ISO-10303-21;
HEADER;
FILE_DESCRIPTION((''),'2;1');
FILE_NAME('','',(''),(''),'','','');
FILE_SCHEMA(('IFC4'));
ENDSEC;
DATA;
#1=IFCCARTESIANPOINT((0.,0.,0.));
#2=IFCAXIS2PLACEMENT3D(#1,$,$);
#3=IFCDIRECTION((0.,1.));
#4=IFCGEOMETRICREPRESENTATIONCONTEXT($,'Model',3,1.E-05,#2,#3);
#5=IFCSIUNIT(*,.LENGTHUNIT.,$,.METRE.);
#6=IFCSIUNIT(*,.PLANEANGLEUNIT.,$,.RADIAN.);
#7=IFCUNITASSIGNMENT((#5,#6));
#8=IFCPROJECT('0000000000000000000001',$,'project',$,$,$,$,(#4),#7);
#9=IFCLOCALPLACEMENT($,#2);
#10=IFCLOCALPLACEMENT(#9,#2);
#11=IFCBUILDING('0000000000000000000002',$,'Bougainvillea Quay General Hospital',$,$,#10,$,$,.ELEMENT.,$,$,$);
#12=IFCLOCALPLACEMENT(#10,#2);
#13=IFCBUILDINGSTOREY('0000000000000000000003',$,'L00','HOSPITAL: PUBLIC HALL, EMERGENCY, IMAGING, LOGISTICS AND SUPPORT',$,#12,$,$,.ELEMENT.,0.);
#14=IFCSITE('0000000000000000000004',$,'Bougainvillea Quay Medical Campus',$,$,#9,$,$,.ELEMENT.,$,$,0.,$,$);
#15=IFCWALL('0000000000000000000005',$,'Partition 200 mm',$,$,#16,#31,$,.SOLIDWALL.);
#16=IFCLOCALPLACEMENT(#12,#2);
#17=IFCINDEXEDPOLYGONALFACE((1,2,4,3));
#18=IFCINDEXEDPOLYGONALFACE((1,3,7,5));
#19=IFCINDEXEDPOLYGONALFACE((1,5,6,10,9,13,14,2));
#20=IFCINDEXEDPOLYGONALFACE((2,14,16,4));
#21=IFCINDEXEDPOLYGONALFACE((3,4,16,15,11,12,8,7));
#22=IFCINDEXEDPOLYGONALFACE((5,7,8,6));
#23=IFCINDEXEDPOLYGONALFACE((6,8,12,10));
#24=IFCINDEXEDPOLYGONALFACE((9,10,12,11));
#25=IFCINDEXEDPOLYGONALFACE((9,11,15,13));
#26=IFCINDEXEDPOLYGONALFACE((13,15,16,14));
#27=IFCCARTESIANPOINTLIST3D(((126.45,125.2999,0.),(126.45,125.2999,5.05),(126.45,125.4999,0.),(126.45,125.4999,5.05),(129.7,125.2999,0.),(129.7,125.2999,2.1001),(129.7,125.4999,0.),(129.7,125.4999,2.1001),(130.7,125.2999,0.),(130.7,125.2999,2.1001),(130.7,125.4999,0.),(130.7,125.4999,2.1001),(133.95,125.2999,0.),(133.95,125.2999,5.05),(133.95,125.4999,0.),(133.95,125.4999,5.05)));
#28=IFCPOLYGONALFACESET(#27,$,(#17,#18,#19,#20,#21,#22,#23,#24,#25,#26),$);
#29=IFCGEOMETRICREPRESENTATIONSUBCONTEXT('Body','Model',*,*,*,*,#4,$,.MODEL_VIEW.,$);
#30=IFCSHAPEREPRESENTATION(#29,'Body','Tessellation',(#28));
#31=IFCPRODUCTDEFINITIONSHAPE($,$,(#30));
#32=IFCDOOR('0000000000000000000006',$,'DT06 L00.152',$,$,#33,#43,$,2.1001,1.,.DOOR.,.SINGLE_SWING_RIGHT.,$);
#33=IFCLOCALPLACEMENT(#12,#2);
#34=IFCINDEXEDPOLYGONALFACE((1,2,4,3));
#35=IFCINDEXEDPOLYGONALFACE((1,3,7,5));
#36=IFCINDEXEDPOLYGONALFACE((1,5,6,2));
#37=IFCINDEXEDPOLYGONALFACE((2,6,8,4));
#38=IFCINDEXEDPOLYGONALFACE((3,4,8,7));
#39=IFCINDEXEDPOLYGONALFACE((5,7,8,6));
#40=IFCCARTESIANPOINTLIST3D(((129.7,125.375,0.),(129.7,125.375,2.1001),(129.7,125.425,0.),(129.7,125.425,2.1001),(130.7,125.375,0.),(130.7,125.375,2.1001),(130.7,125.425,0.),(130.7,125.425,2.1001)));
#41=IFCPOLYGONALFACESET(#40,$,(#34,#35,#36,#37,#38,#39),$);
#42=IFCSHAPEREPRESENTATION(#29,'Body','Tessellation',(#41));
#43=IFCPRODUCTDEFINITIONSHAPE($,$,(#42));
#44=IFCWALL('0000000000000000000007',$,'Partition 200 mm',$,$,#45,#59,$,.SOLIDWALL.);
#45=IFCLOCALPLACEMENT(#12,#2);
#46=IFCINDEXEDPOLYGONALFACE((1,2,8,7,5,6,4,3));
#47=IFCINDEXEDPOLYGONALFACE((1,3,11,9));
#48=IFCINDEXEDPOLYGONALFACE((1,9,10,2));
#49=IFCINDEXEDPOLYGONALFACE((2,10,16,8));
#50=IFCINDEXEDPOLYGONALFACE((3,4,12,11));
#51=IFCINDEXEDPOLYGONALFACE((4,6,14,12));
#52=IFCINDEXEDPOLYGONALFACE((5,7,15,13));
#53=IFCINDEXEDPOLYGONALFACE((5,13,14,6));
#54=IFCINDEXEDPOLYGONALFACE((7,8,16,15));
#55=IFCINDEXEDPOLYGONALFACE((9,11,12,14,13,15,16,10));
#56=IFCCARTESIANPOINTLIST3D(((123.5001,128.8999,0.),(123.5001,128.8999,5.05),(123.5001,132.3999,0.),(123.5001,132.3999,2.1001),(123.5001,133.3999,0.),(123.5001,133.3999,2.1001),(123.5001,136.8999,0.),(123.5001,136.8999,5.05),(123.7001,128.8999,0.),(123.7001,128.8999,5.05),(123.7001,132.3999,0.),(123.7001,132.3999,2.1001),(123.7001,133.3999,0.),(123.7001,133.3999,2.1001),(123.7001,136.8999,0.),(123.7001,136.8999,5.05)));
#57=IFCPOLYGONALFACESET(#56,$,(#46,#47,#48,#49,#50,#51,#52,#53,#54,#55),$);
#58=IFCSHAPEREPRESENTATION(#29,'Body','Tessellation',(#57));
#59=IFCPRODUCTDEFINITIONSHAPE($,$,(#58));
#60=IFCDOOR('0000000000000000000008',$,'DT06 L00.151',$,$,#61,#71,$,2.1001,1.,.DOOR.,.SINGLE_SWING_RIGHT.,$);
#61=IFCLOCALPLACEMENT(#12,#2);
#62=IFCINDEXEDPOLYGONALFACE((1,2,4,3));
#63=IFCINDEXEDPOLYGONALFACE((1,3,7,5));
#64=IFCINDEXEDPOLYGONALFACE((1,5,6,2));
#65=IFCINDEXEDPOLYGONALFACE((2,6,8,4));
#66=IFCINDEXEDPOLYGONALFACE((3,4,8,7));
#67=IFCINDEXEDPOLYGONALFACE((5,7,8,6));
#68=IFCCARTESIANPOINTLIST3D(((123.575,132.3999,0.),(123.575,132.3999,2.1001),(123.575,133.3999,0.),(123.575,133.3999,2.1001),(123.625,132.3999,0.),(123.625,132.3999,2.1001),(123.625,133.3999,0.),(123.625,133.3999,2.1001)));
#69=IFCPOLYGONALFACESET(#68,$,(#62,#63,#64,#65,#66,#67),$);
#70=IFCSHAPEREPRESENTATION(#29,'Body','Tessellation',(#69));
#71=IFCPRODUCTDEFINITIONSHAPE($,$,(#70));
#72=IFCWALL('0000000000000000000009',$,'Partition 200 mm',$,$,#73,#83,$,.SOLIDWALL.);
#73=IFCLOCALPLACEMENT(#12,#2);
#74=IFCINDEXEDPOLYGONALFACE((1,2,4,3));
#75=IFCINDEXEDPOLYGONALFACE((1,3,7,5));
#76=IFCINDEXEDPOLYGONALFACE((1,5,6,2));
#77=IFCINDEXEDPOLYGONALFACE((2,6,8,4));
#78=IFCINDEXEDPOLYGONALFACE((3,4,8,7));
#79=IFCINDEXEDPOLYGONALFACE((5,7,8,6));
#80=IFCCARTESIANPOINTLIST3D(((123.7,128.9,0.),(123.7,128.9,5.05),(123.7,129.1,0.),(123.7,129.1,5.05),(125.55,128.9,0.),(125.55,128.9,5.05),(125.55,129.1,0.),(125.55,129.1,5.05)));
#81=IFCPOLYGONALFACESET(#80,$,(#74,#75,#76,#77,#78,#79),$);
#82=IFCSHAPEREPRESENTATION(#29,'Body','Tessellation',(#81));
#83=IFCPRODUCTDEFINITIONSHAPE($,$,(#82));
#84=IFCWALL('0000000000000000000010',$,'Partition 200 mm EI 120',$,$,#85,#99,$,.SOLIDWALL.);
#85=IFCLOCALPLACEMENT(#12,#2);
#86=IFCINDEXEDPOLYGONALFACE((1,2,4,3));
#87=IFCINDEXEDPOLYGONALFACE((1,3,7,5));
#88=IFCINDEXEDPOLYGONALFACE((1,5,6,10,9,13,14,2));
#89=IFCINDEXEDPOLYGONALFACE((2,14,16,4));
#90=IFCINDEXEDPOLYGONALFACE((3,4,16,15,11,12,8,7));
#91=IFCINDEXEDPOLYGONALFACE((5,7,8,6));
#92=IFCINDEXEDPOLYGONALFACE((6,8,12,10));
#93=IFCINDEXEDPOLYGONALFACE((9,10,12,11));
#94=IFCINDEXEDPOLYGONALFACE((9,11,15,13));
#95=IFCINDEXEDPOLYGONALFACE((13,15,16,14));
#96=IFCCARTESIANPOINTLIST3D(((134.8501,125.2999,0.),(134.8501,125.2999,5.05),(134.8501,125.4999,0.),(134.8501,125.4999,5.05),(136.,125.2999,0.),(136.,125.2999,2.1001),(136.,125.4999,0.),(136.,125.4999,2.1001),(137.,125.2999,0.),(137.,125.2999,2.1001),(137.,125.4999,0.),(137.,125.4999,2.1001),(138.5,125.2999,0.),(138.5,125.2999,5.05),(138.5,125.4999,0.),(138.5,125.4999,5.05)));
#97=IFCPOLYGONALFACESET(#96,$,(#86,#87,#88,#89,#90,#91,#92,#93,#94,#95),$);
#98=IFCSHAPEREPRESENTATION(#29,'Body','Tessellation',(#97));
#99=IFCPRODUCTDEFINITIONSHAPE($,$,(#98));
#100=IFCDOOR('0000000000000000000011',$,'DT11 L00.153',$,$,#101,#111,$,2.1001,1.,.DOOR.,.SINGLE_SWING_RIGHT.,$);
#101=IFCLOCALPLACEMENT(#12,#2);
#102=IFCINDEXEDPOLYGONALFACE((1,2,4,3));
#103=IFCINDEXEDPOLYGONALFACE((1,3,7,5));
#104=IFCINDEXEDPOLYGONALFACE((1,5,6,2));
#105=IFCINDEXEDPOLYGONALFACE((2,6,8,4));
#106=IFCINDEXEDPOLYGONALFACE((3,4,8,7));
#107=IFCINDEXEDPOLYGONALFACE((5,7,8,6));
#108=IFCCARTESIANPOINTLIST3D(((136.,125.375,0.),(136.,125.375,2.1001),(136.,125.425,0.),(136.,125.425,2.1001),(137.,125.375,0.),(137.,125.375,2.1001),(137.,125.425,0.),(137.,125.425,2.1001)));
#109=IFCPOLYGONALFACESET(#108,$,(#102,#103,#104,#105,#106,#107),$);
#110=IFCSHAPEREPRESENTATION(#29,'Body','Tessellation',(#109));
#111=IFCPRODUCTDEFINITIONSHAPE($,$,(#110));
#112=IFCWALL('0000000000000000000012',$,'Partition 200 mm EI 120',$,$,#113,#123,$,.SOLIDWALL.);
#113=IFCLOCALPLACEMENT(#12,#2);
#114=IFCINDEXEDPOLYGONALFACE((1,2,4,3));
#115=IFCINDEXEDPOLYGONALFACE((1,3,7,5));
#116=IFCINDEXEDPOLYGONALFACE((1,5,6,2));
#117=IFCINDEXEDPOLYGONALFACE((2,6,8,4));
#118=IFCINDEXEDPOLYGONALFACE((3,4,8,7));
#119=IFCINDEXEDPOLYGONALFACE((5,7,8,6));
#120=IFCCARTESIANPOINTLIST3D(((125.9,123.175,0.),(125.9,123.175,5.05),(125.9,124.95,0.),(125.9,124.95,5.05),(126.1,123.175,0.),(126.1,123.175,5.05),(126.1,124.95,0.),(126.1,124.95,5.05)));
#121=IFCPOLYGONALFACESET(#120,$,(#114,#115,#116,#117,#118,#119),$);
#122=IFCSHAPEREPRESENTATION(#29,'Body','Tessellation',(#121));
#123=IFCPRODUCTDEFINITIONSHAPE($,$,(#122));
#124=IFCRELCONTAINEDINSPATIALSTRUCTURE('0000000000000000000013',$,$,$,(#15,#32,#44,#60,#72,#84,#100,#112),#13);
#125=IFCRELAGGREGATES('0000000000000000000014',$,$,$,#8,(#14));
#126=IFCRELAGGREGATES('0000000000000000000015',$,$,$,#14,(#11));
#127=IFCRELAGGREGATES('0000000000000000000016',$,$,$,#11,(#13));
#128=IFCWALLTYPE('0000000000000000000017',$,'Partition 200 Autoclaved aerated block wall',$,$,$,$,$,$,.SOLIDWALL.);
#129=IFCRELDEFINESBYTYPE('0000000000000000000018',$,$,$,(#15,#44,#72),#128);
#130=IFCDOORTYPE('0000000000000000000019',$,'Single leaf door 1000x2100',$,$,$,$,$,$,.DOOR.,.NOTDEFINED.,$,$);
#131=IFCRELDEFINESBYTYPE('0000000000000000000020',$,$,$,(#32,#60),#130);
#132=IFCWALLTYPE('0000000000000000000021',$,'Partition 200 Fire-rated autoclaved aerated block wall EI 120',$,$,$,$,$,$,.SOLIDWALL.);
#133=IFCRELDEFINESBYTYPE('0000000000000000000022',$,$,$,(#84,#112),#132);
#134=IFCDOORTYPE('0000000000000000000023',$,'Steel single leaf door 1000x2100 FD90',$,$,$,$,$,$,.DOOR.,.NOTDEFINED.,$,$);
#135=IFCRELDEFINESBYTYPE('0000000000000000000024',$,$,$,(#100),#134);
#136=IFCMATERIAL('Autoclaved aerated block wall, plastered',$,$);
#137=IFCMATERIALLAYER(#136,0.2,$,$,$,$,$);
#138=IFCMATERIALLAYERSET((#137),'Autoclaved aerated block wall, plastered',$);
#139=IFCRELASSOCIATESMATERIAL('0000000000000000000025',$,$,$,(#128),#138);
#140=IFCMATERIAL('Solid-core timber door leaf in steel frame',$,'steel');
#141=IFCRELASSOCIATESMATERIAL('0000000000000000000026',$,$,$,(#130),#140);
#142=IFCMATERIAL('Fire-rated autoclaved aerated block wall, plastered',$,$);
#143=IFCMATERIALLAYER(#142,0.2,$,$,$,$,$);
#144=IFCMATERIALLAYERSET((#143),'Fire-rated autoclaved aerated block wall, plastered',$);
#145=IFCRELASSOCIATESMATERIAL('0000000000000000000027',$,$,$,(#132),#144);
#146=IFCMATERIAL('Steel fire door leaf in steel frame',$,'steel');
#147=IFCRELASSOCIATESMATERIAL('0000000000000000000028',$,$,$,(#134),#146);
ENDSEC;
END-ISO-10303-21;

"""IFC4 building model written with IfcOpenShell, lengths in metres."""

from ifc_helpers import new_model, si_unit, direction, frame, frame_2d, origin, place, context, subcontext, project, spatial, rectangle, extrude, material, layer, layer_set, type_object, element, fill, save


model = new_model("IFC4")

# Units and contexts
model_context = context("Model", 3, precision=1e-05, world=origin(), true_north=direction((0.0, 1.0)))
body_context = subcontext(model_context, "Body", "Model", "MODEL_VIEW")
ifc_project = project(units=[si_unit("LENGTHUNIT", "METRE"), si_unit("PLANEANGLEUNIT", "RADIAN")], contexts=[model_context])

# Site, building, storey
site_placement = place(None, origin())
site = spatial("IfcSite", under=ifc_project, at=site_placement, Name="Bougainvillea Quay Medical Campus", CompositionType="ELEMENT", RefElevation=0.0)
building_placement = place(site_placement, origin())
building = spatial("IfcBuilding", under=site, at=building_placement, Name="Bougainvillea Quay General Hospital", CompositionType="ELEMENT")
storey_placement = place(building_placement, origin())
storey = spatial("IfcBuildingStorey", under=building, at=storey_placement, Name="L00", Description="HOSPITAL: PUBLIC HALL, EMERGENCY, IMAGING, LOGISTICS AND SUPPORT", CompositionType="ELEMENT", Elevation=0.0)

# Walls, openings, doors
ifc_material_1 = material(Name="Solid-core timber door leaf in steel frame", Category="steel")
ifc_material_2 = material(Name="Autoclaved aerated block wall, plastered")
ifc_layer_1 = layer(ifc_material_2, 0.2)
ifc_layer_set_1 = layer_set([ifc_layer_1], Name="Autoclaved aerated block wall, plastered")
wall_type_1 = type_object("IfcWallType", Name="Partition 200 Autoclaved aerated block wall", PredefinedType="SOLIDWALL", material=ifc_layer_set_1)
wall_1_placement = place(storey_placement, frame((126.45, 125.3999, 0.0), z_axis=(0.0, 0.0, 1.0), x_axis=(1.0, 0.0, 0.0)))
wall_1 = element("IfcWall", 1, at=wall_1_placement, inside=storey, type_object=wall_type_1, Name="Partition 200 mm", PredefinedType="SOLIDWALL", context=body_context, shape_type="SweptSolid", body=[
    extrude(rectangle(XDim=7.5, YDim=0.2, at=frame_2d((3.75, 0.0))), origin(), (0.0, 0.0, 1.0), 5.05),
])
opening_1_placement = place(wall_1_placement, frame((3.25, 0.0, 0.0)))
opening_1 = element("IfcOpeningElement", 2, at=opening_1_placement, cuts=wall_1, PredefinedType="OPENING", context=body_context, shape_type="SweptSolid", body=[
    extrude(rectangle(XDim=1.0, YDim=2.1001, at=frame_2d((0.5, 1.05))), frame((0.0, 0.1099, 0.0), z_axis=(0.0, -1.0, 0.0), x_axis=(1.0, 0.0, 0.0)), (0.0, 0.0, 1.0), 0.22),
])
door_type_1 = type_object("IfcDoorType", Name="Single leaf door 1000x2100", OperationType="NOTDEFINED", PredefinedType="DOOR", material=ifc_material_1)
door_1_placement = place(opening_1_placement, frame((1.0, 0.0, 0.0), z_axis=(0.0, 0.0, 1.0), x_axis=(-1.0, 0.0, 0.0)))
door_1 = element("IfcDoor", 3, at=door_1_placement, inside=storey, type_object=door_type_1, Name="DT06 L00.152", OperationType="SINGLE_SWING_RIGHT", OverallHeight=2.1001, OverallWidth=1.0, PredefinedType="DOOR", context=body_context, shape_type="SweptSolid", body=[
    extrude(rectangle(XDim=1.0, YDim=2.1001, at=frame_2d((0.5, 1.05))), frame((0.0, 0.0249, 0.0), z_axis=(0.0, -1.0, 0.0), x_axis=(1.0, 0.0, 0.0)), (0.0, 0.0, 1.0), 0.05),
])
fill(opening_1, door_1)
wall_2_placement = place(storey_placement, frame((123.6001, 128.8999, 0.0), z_axis=(0.0, 0.0, 1.0), x_axis=(0.0, 1.0, 0.0)))
wall_2 = element("IfcWall", 4, at=wall_2_placement, inside=storey, type_object=wall_type_1, Name="Partition 200 mm", PredefinedType="SOLIDWALL", context=body_context, shape_type="SweptSolid", body=[
    extrude(rectangle(XDim=8.0, YDim=0.2, at=frame_2d((4.0, 0.0))), origin(), (0.0, 0.0, 1.0), 5.05),
])
opening_2_placement = place(wall_2_placement, frame((3.5, 0.0, 0.0)))
opening_2 = element("IfcOpeningElement", 5, at=opening_2_placement, cuts=wall_2, PredefinedType="OPENING", context=body_context, shape_type="SweptSolid", body=[
    extrude(rectangle(XDim=1.0, YDim=2.1001, at=frame_2d((0.5, 1.05))), frame((0.0, 0.1099, 0.0), z_axis=(0.0, -1.0, 0.0), x_axis=(1.0, 0.0, 0.0)), (0.0, 0.0, 1.0), 0.22),
])
door_2_placement = place(opening_2_placement, frame((1.0, 0.0, 0.0), z_axis=(0.0, 0.0, 1.0), x_axis=(-1.0, 0.0, 0.0)))
door_2 = element("IfcDoor", 6, at=door_2_placement, inside=storey, type_object=door_type_1, Name="DT06 L00.151", OperationType="SINGLE_SWING_RIGHT", OverallHeight=2.1001, OverallWidth=1.0, PredefinedType="DOOR", context=body_context, shape_type="SweptSolid", body=[
    extrude(rectangle(XDim=1.0, YDim=2.1001, at=frame_2d((0.5, 1.05))), frame((0.0, 0.0249, 0.0), z_axis=(0.0, -1.0, 0.0), x_axis=(1.0, 0.0, 0.0)), (0.0, 0.0, 1.0), 0.05),
])
fill(opening_2, door_2)

# Wall
wall_3_placement = place(storey_placement, frame((123.7, 129.0, 0.0), z_axis=(0.0, 0.0, 1.0), x_axis=(1.0, 0.0, 0.0)))
element("IfcWall", 7, at=wall_3_placement, inside=storey, type_object=wall_type_1, Name="Partition 200 mm", PredefinedType="SOLIDWALL", context=body_context, shape_type="SweptSolid", body=[
    extrude(rectangle(XDim=1.8501, YDim=0.2, at=frame_2d((0.925, 0.0))), origin(), (0.0, 0.0, 1.0), 5.05),
])

# Wall, opening, door
ifc_material_3 = material(Name="Fire-rated autoclaved aerated block wall, plastered")
ifc_layer_2 = layer(ifc_material_3, 0.2)
ifc_layer_set_2 = layer_set([ifc_layer_2], Name="Fire-rated autoclaved aerated block wall, plastered")
wall_type_2 = type_object("IfcWallType", Name="Partition 200 Fire-rated autoclaved aerated block wall EI 120", PredefinedType="SOLIDWALL", material=ifc_layer_set_2)
wall_4_placement = place(storey_placement, frame((134.8501, 125.3999, 0.0), z_axis=(0.0, 0.0, 1.0), x_axis=(1.0, 0.0, 0.0)))
wall_4 = element("IfcWall", 8, at=wall_4_placement, inside=storey, type_object=wall_type_2, Name="Partition 200 mm EI 120", PredefinedType="SOLIDWALL", context=body_context, shape_type="SweptSolid", body=[
    extrude(rectangle(XDim=3.6499, YDim=0.2, at=frame_2d((1.825, 0.0))), origin(), (0.0, 0.0, 1.0), 5.05),
])
opening_3_placement = place(wall_4_placement, frame((1.1499, 0.0, 0.0)))
opening_3 = element("IfcOpeningElement", 9, at=opening_3_placement, cuts=wall_4, PredefinedType="OPENING", context=body_context, shape_type="SweptSolid", body=[
    extrude(rectangle(XDim=1.0, YDim=2.1001, at=frame_2d((0.5, 1.05))), frame((0.0, 0.1099, 0.0), z_axis=(0.0, -1.0, 0.0), x_axis=(1.0, 0.0, 0.0)), (0.0, 0.0, 1.0), 0.22),
])
ifc_material_4 = material(Name="Steel fire door leaf in steel frame", Category="steel")
door_type_2 = type_object("IfcDoorType", Name="Steel single leaf door 1000x2100 FD90", OperationType="NOTDEFINED", PredefinedType="DOOR", material=ifc_material_4)
door_3_placement = place(opening_3_placement, frame((1.0, 0.0, 0.0), z_axis=(0.0, 0.0, 1.0), x_axis=(-1.0, 0.0, 0.0)))
door_3 = element("IfcDoor", 10, at=door_3_placement, inside=storey, type_object=door_type_2, Name="DT11 L00.153", OperationType="SINGLE_SWING_RIGHT", OverallHeight=2.1001, OverallWidth=1.0, PredefinedType="DOOR", context=body_context, shape_type="SweptSolid", body=[
    extrude(rectangle(XDim=1.0, YDim=2.1001, at=frame_2d((0.5, 1.05))), frame((0.0, 0.0249, 0.0), z_axis=(0.0, -1.0, 0.0), x_axis=(1.0, 0.0, 0.0)), (0.0, 0.0, 1.0), 0.05),
])
fill(opening_3, door_3)

# Wall
wall_5_placement = place(storey_placement, frame((126.0, 123.175, 0.0), z_axis=(0.0, 0.0, 1.0), x_axis=(0.0, 1.0, 0.0)))
element("IfcWall", 11, at=wall_5_placement, inside=storey, type_object=wall_type_2, Name="Partition 200 mm EI 120", PredefinedType="SOLIDWALL", context=body_context, shape_type="SweptSolid", body=[
    extrude(rectangle(XDim=1.7749, YDim=0.2, at=frame_2d((0.8875, 0.0))), origin(), (0.0, 0.0, 1.0), 5.05),
])

save(model, "model.ifc")
